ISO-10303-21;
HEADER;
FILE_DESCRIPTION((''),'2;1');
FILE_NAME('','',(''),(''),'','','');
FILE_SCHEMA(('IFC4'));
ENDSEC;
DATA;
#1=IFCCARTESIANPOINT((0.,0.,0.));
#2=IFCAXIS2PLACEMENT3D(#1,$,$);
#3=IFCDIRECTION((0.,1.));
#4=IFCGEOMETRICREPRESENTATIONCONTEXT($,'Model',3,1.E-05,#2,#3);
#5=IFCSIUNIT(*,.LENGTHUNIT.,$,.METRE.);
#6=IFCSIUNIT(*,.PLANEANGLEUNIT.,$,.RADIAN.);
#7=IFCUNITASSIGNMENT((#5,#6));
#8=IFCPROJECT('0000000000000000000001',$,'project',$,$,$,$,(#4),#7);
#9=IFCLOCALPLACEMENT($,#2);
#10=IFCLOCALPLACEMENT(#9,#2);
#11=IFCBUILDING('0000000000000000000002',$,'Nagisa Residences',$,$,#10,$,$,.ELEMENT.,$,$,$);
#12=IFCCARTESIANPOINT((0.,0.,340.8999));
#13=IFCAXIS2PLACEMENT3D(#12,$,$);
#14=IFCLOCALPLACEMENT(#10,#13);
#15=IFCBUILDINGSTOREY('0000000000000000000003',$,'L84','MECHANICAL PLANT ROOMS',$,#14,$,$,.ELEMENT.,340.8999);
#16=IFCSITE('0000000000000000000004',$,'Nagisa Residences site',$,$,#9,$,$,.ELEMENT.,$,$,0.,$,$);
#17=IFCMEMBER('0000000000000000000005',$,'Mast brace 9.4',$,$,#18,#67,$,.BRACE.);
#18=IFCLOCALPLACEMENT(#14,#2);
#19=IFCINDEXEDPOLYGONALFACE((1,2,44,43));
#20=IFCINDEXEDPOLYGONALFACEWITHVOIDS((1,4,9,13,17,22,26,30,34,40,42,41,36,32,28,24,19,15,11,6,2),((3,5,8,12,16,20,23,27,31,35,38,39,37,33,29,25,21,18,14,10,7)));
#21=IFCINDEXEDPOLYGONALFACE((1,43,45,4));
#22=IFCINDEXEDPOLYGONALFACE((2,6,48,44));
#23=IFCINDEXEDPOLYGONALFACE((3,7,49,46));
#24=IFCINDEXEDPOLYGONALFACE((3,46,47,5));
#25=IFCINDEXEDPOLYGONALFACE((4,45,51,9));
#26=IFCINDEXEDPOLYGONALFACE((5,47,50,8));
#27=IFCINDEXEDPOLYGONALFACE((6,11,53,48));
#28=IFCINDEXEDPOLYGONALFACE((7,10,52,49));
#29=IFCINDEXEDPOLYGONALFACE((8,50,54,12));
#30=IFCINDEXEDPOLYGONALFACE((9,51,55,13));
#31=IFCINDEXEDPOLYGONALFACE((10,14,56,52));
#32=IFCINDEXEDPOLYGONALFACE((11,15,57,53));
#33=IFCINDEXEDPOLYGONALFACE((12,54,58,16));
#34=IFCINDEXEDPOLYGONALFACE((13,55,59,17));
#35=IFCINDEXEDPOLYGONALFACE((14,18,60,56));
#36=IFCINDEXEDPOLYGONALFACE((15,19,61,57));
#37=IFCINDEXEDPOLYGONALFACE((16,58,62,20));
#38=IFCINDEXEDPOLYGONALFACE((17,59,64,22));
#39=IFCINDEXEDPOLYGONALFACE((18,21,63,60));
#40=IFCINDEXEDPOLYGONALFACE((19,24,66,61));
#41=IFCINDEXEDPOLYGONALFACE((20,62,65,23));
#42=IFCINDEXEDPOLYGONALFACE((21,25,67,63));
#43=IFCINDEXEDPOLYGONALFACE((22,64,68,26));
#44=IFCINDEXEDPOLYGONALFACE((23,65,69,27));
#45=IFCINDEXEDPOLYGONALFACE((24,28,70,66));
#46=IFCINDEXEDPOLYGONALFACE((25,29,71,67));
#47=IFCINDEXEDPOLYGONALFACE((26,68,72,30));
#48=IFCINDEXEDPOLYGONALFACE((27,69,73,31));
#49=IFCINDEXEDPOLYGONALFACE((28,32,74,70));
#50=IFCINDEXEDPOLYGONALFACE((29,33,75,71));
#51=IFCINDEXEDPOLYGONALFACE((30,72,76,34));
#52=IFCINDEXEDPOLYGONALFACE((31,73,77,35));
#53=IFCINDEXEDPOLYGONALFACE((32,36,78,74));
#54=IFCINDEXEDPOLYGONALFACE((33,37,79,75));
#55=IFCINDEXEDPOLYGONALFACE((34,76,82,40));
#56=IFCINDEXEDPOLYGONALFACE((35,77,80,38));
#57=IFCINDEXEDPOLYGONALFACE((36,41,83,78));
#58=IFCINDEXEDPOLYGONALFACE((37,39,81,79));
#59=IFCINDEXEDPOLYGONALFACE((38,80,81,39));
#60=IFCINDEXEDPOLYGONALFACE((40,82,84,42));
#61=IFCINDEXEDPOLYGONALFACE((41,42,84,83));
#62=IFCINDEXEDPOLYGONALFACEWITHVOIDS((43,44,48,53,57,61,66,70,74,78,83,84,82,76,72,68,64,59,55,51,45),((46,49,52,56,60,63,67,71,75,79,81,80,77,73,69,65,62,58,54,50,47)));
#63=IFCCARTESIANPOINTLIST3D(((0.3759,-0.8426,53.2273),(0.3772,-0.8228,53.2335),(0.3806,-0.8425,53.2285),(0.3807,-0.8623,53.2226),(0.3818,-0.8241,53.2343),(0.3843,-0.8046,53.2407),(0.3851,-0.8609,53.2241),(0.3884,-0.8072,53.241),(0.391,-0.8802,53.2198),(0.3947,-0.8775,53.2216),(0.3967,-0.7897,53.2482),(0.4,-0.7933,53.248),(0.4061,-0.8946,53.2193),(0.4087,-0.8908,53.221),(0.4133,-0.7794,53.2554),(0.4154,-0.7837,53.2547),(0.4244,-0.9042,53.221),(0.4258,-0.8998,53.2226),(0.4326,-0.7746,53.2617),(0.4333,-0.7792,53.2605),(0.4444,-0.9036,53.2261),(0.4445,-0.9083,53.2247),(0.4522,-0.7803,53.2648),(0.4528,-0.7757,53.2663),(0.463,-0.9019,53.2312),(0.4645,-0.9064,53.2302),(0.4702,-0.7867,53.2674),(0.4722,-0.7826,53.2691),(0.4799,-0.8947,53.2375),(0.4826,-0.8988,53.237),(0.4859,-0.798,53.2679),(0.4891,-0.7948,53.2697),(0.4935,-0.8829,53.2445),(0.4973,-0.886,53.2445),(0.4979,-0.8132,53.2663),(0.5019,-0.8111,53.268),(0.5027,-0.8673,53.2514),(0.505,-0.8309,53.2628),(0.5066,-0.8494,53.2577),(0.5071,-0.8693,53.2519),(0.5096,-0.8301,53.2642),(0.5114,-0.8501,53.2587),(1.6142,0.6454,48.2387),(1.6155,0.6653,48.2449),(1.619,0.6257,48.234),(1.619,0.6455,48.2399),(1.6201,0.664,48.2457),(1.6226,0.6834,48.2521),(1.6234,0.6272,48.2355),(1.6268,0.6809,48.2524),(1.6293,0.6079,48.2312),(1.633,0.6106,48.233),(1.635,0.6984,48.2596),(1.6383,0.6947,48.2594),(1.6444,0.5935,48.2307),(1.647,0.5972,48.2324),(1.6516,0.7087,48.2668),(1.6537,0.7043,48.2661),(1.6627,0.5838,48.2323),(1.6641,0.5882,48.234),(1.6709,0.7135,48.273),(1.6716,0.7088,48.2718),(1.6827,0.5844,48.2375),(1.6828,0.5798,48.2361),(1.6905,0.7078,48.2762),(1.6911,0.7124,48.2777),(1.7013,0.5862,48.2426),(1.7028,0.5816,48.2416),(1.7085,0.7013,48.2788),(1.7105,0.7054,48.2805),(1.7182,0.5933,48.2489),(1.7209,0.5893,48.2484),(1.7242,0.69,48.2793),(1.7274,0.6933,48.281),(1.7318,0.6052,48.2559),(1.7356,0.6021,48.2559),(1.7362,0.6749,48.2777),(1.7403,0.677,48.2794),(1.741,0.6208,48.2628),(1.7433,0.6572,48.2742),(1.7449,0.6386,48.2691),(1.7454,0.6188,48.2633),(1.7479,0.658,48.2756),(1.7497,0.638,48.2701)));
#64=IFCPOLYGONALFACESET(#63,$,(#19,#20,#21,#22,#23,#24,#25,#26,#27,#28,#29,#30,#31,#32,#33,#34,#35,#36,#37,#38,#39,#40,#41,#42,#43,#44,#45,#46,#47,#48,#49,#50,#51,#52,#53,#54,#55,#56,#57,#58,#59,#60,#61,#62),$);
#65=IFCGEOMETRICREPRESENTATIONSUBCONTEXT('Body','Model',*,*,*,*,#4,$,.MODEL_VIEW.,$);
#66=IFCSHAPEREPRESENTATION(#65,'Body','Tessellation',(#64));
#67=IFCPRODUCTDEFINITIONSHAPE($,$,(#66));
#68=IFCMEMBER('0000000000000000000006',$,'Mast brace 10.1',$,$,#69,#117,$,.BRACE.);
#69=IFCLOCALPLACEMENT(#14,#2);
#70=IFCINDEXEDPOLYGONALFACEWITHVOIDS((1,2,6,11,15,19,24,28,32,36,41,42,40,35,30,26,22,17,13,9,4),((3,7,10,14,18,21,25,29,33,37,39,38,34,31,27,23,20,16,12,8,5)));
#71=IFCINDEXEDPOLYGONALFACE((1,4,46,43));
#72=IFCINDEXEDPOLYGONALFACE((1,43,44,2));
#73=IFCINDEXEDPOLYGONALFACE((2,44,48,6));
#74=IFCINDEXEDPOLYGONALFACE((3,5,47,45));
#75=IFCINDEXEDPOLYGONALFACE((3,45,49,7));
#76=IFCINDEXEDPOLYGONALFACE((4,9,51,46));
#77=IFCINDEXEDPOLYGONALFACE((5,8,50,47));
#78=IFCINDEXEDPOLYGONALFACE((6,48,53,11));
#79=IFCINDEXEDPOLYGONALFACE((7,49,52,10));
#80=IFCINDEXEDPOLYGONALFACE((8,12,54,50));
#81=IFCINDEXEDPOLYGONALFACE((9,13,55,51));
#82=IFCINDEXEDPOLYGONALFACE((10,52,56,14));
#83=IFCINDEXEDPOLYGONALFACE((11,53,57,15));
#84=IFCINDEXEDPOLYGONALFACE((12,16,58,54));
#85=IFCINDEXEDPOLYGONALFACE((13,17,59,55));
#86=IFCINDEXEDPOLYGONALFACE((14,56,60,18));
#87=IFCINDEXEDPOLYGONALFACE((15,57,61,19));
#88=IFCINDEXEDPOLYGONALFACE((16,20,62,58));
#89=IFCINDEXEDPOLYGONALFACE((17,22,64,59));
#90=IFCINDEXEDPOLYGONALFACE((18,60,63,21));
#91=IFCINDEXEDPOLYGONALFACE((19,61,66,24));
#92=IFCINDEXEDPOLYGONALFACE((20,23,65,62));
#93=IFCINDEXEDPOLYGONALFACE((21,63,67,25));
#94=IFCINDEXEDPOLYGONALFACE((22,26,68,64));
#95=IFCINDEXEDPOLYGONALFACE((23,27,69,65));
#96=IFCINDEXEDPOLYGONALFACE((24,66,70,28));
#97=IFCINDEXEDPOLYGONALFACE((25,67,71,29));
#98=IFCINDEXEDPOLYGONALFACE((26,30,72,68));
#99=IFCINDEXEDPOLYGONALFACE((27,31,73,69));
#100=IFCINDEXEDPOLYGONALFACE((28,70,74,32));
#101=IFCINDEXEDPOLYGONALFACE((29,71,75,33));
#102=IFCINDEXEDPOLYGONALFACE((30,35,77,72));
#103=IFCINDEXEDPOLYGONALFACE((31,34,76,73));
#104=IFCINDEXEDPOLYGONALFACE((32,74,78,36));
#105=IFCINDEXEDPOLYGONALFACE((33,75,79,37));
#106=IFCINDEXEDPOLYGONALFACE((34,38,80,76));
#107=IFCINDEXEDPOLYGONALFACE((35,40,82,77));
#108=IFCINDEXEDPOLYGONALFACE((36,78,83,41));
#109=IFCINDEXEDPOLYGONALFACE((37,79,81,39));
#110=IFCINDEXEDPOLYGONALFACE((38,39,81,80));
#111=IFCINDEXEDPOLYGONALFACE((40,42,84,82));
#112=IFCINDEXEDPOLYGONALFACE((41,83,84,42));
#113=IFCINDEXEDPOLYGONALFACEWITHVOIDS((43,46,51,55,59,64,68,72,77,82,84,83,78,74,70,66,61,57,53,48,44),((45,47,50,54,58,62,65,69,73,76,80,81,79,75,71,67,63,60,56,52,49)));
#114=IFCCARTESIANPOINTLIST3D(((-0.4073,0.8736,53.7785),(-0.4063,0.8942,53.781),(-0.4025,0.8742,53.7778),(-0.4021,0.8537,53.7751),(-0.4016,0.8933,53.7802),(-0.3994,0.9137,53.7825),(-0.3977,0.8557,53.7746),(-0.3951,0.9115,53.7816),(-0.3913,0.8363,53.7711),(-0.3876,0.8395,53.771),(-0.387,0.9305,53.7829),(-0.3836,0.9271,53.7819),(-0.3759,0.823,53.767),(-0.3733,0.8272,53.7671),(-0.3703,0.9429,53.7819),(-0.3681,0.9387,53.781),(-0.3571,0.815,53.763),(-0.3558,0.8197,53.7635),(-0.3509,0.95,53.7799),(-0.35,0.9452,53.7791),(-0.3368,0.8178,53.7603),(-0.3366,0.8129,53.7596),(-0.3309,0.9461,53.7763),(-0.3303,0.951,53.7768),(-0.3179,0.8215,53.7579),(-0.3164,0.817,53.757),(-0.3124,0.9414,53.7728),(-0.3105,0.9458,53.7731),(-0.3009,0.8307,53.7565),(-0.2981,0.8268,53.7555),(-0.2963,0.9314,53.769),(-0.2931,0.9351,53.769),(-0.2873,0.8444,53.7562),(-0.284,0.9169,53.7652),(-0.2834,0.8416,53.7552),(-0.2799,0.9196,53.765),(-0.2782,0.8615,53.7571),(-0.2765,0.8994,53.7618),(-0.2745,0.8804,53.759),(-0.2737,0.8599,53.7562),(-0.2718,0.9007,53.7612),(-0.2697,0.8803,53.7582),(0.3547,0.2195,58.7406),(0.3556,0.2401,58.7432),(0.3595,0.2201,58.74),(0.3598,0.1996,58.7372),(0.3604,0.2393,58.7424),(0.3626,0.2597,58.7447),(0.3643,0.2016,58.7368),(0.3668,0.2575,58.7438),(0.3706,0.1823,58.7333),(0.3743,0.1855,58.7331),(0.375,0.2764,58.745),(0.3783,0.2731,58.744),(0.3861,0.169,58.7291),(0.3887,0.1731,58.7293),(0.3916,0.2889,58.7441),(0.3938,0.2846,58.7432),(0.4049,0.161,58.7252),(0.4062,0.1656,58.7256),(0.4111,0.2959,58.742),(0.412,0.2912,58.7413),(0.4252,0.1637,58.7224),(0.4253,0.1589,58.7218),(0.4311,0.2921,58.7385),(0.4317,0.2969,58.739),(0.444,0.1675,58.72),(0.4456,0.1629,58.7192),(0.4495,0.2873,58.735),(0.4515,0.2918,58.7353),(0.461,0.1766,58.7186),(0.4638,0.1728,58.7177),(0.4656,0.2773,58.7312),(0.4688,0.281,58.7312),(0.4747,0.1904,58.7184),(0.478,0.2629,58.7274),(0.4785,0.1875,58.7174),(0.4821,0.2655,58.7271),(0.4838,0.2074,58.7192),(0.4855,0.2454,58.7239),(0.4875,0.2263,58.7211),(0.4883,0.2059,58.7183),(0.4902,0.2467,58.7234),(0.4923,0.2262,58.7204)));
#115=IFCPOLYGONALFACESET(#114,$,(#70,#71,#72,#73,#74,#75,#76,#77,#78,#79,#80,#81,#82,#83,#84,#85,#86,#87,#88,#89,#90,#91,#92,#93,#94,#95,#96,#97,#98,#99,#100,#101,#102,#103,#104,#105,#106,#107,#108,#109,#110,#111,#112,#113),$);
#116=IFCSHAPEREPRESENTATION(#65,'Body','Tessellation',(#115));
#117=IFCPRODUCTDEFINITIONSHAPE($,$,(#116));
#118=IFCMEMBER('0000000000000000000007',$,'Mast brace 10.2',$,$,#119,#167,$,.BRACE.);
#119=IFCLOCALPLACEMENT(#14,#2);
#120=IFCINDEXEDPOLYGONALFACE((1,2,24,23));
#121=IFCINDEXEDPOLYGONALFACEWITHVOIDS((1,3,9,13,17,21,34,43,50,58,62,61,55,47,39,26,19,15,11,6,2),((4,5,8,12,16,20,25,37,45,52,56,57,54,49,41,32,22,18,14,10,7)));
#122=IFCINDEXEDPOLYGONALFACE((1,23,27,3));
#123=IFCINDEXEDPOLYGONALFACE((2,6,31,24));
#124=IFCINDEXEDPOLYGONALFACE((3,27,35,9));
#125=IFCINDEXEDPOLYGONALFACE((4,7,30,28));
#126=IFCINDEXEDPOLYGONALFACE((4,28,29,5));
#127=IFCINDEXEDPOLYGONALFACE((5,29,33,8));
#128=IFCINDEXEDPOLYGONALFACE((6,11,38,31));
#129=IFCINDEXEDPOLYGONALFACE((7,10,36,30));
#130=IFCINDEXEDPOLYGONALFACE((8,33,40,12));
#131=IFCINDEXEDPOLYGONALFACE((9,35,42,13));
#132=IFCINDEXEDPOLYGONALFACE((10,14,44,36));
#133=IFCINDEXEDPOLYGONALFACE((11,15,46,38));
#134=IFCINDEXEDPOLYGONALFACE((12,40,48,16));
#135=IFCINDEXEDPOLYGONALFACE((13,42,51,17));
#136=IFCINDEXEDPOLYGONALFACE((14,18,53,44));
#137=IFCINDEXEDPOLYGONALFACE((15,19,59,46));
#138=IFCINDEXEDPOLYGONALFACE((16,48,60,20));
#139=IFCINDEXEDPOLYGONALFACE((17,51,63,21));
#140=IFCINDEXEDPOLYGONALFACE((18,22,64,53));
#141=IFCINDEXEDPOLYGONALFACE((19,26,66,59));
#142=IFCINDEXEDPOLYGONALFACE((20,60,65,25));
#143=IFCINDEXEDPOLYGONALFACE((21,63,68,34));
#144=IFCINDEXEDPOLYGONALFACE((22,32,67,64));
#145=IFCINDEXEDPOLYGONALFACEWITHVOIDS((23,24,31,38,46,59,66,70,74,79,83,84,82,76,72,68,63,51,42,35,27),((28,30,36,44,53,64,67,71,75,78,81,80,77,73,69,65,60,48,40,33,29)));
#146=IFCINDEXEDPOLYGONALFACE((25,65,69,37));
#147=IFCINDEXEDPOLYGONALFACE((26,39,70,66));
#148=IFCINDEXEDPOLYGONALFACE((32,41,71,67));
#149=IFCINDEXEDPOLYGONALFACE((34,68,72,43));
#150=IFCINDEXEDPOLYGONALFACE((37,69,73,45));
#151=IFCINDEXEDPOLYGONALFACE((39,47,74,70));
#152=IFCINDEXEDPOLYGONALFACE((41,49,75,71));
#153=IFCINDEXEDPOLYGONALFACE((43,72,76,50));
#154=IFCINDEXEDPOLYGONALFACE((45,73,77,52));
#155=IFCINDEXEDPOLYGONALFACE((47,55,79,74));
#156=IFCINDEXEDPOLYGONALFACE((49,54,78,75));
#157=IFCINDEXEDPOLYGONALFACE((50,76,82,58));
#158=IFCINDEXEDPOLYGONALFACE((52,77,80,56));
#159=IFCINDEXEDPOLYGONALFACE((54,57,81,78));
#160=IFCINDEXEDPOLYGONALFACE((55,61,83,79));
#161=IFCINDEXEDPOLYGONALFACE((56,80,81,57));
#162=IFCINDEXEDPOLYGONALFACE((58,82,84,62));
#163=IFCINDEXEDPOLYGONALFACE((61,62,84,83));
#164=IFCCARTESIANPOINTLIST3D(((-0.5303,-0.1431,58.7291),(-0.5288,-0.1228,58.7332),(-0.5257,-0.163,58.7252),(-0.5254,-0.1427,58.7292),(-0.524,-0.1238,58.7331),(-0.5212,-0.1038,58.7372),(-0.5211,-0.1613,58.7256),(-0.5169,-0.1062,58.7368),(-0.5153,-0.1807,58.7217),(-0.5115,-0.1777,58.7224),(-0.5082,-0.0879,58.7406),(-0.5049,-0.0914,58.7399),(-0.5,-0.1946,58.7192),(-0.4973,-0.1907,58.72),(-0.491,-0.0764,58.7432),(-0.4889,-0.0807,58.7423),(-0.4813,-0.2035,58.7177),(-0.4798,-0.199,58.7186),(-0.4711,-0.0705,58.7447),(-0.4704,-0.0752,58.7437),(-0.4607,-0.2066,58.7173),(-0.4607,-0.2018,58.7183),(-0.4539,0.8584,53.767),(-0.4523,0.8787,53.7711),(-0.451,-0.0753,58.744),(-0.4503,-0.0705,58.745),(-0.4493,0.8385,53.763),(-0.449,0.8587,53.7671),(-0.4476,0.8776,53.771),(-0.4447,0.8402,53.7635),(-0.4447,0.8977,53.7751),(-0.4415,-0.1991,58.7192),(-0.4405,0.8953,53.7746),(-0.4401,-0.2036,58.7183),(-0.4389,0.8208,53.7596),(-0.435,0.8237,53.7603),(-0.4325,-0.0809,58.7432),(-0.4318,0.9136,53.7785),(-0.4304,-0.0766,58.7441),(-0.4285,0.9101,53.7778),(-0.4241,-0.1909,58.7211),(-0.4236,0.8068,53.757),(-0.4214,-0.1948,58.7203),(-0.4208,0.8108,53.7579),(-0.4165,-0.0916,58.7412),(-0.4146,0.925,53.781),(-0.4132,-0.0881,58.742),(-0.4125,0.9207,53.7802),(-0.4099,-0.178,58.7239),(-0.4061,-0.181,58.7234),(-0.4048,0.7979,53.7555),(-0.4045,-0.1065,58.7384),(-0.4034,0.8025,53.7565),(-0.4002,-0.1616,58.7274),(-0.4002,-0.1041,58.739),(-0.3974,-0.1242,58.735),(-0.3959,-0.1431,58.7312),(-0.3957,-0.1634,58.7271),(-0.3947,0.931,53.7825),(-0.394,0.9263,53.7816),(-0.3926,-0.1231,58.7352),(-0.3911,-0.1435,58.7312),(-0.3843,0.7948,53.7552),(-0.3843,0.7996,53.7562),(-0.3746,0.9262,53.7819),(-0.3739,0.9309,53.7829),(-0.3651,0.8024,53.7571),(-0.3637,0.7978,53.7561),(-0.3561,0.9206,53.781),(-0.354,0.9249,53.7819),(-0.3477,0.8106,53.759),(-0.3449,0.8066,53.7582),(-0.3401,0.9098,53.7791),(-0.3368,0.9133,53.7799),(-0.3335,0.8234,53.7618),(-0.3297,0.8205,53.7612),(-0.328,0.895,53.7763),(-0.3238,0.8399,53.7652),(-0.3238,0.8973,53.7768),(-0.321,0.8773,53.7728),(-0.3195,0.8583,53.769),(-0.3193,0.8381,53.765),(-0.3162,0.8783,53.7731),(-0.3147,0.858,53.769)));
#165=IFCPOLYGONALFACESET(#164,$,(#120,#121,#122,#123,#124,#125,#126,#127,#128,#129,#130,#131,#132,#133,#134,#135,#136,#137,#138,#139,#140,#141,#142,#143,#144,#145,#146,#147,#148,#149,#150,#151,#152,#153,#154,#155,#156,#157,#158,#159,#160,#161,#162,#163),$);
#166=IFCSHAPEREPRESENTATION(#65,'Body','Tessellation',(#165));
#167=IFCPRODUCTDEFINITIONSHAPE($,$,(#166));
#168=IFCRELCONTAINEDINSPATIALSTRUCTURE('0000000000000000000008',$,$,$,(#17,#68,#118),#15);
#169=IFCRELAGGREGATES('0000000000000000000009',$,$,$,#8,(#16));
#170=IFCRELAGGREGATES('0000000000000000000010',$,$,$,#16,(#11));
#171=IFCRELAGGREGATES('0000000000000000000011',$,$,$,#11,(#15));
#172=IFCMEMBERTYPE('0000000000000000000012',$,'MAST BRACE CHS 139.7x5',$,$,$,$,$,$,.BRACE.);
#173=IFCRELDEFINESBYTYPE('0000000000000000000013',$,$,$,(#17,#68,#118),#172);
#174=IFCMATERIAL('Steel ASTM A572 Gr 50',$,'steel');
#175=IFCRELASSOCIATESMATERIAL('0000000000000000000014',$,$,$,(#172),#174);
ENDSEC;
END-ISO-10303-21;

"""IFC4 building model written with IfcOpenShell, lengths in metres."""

from ifc_helpers import new_model, si_unit, direction, frame, origin, origin_2d, place, context, subcontext, project, spatial, hollow_circle, extrude, material, material_profile, profile_set, type_object, element, save


model = new_model("IFC4")

# Units and contexts
model_context = context("Model", 3, precision=1e-05, world=origin(), true_north=direction((0.0, 1.0)))
body_context = subcontext(model_context, "Body", "Model", "MODEL_VIEW")
ifc_project = project(units=[si_unit("LENGTHUNIT", "METRE"), si_unit("PLANEANGLEUNIT", "RADIAN")], contexts=[model_context])

# Site, building, storey
site_placement = place(None, origin())
site = spatial("IfcSite", under=ifc_project, at=site_placement, Name="Nagisa Residences site", CompositionType="ELEMENT", RefElevation=0.0)
building_placement = place(site_placement, origin())
building = spatial("IfcBuilding", under=site, at=building_placement, Name="Nagisa Residences", CompositionType="ELEMENT")
storey_placement = place(building_placement, frame((0.0, 0.0, 340.8999)))
storey = spatial("IfcBuildingStorey", under=building, at=storey_placement, Name="L84", Description="MECHANICAL PLANT ROOMS", CompositionType="ELEMENT", Elevation=340.8999)

# Members
ifc_material_1 = material(Name="Steel ASTM A572 Gr 50", Category="steel")
ifc_material_profile_1 = material_profile(ifc_material_1, hollow_circle(Radius=0.0698, WallThickness=0.0049, at=origin_2d()), Name="MAST BRACE CHS 139.7x5")
ifc_profile_set_1 = profile_set([ifc_material_profile_1], Name="Steel ASTM A572 Gr 50")
member_type_1 = type_object("IfcMemberType", Name="MAST BRACE CHS 139.7x5", PredefinedType="BRACE", material=ifc_profile_set_1)
for number, where, z_axis, x_axis, name in (
    (1, (1.6819, 0.6467, 48.2559), (-0.231412, -0.278087, 0.932264), (0.768666, -0.639651, 0.0), "Mast brace 9.4"),
):
    element("IfcMember", number, at=place(storey_placement, frame(where, z_axis=z_axis, x_axis=x_axis)), inside=storey, type_object=member_type_1, Name=name, PredefinedType="BRACE", context=body_context, shape_type="SweptSolid", body=[
        extrude(hollow_circle(Radius=0.0698, WallThickness=0.0049, at=origin_2d()), origin(), (0.0, 0.0, 1.0), 5.3511),
    ])
for number, where, z_axis, x_axis, name in (
    (2, (-0.3386, 0.8821, 53.769), (0.150504, -0.129189, 0.980132), (0.651332, 0.758793, 0.0), "Mast brace 10.1"),
    (3, (-0.3843, 0.8633, 53.769), (-0.015094, -0.197809, 0.980124), (0.997101, -0.076083, 0.0), "Mast brace 10.2"),
):
    element("IfcMember", number, at=place(storey_placement, frame(where, z_axis=z_axis, x_axis=x_axis)), inside=storey, type_object=member_type_1, Name=name, PredefinedType="BRACE", context=body_context, shape_type="SweptSolid", body=[
        extrude(hollow_circle(Radius=0.0698, WallThickness=0.0049, at=origin_2d()), origin(), (0.0, 0.0, 1.0), 5.0627),
    ])

save(model, "model.ifc")
